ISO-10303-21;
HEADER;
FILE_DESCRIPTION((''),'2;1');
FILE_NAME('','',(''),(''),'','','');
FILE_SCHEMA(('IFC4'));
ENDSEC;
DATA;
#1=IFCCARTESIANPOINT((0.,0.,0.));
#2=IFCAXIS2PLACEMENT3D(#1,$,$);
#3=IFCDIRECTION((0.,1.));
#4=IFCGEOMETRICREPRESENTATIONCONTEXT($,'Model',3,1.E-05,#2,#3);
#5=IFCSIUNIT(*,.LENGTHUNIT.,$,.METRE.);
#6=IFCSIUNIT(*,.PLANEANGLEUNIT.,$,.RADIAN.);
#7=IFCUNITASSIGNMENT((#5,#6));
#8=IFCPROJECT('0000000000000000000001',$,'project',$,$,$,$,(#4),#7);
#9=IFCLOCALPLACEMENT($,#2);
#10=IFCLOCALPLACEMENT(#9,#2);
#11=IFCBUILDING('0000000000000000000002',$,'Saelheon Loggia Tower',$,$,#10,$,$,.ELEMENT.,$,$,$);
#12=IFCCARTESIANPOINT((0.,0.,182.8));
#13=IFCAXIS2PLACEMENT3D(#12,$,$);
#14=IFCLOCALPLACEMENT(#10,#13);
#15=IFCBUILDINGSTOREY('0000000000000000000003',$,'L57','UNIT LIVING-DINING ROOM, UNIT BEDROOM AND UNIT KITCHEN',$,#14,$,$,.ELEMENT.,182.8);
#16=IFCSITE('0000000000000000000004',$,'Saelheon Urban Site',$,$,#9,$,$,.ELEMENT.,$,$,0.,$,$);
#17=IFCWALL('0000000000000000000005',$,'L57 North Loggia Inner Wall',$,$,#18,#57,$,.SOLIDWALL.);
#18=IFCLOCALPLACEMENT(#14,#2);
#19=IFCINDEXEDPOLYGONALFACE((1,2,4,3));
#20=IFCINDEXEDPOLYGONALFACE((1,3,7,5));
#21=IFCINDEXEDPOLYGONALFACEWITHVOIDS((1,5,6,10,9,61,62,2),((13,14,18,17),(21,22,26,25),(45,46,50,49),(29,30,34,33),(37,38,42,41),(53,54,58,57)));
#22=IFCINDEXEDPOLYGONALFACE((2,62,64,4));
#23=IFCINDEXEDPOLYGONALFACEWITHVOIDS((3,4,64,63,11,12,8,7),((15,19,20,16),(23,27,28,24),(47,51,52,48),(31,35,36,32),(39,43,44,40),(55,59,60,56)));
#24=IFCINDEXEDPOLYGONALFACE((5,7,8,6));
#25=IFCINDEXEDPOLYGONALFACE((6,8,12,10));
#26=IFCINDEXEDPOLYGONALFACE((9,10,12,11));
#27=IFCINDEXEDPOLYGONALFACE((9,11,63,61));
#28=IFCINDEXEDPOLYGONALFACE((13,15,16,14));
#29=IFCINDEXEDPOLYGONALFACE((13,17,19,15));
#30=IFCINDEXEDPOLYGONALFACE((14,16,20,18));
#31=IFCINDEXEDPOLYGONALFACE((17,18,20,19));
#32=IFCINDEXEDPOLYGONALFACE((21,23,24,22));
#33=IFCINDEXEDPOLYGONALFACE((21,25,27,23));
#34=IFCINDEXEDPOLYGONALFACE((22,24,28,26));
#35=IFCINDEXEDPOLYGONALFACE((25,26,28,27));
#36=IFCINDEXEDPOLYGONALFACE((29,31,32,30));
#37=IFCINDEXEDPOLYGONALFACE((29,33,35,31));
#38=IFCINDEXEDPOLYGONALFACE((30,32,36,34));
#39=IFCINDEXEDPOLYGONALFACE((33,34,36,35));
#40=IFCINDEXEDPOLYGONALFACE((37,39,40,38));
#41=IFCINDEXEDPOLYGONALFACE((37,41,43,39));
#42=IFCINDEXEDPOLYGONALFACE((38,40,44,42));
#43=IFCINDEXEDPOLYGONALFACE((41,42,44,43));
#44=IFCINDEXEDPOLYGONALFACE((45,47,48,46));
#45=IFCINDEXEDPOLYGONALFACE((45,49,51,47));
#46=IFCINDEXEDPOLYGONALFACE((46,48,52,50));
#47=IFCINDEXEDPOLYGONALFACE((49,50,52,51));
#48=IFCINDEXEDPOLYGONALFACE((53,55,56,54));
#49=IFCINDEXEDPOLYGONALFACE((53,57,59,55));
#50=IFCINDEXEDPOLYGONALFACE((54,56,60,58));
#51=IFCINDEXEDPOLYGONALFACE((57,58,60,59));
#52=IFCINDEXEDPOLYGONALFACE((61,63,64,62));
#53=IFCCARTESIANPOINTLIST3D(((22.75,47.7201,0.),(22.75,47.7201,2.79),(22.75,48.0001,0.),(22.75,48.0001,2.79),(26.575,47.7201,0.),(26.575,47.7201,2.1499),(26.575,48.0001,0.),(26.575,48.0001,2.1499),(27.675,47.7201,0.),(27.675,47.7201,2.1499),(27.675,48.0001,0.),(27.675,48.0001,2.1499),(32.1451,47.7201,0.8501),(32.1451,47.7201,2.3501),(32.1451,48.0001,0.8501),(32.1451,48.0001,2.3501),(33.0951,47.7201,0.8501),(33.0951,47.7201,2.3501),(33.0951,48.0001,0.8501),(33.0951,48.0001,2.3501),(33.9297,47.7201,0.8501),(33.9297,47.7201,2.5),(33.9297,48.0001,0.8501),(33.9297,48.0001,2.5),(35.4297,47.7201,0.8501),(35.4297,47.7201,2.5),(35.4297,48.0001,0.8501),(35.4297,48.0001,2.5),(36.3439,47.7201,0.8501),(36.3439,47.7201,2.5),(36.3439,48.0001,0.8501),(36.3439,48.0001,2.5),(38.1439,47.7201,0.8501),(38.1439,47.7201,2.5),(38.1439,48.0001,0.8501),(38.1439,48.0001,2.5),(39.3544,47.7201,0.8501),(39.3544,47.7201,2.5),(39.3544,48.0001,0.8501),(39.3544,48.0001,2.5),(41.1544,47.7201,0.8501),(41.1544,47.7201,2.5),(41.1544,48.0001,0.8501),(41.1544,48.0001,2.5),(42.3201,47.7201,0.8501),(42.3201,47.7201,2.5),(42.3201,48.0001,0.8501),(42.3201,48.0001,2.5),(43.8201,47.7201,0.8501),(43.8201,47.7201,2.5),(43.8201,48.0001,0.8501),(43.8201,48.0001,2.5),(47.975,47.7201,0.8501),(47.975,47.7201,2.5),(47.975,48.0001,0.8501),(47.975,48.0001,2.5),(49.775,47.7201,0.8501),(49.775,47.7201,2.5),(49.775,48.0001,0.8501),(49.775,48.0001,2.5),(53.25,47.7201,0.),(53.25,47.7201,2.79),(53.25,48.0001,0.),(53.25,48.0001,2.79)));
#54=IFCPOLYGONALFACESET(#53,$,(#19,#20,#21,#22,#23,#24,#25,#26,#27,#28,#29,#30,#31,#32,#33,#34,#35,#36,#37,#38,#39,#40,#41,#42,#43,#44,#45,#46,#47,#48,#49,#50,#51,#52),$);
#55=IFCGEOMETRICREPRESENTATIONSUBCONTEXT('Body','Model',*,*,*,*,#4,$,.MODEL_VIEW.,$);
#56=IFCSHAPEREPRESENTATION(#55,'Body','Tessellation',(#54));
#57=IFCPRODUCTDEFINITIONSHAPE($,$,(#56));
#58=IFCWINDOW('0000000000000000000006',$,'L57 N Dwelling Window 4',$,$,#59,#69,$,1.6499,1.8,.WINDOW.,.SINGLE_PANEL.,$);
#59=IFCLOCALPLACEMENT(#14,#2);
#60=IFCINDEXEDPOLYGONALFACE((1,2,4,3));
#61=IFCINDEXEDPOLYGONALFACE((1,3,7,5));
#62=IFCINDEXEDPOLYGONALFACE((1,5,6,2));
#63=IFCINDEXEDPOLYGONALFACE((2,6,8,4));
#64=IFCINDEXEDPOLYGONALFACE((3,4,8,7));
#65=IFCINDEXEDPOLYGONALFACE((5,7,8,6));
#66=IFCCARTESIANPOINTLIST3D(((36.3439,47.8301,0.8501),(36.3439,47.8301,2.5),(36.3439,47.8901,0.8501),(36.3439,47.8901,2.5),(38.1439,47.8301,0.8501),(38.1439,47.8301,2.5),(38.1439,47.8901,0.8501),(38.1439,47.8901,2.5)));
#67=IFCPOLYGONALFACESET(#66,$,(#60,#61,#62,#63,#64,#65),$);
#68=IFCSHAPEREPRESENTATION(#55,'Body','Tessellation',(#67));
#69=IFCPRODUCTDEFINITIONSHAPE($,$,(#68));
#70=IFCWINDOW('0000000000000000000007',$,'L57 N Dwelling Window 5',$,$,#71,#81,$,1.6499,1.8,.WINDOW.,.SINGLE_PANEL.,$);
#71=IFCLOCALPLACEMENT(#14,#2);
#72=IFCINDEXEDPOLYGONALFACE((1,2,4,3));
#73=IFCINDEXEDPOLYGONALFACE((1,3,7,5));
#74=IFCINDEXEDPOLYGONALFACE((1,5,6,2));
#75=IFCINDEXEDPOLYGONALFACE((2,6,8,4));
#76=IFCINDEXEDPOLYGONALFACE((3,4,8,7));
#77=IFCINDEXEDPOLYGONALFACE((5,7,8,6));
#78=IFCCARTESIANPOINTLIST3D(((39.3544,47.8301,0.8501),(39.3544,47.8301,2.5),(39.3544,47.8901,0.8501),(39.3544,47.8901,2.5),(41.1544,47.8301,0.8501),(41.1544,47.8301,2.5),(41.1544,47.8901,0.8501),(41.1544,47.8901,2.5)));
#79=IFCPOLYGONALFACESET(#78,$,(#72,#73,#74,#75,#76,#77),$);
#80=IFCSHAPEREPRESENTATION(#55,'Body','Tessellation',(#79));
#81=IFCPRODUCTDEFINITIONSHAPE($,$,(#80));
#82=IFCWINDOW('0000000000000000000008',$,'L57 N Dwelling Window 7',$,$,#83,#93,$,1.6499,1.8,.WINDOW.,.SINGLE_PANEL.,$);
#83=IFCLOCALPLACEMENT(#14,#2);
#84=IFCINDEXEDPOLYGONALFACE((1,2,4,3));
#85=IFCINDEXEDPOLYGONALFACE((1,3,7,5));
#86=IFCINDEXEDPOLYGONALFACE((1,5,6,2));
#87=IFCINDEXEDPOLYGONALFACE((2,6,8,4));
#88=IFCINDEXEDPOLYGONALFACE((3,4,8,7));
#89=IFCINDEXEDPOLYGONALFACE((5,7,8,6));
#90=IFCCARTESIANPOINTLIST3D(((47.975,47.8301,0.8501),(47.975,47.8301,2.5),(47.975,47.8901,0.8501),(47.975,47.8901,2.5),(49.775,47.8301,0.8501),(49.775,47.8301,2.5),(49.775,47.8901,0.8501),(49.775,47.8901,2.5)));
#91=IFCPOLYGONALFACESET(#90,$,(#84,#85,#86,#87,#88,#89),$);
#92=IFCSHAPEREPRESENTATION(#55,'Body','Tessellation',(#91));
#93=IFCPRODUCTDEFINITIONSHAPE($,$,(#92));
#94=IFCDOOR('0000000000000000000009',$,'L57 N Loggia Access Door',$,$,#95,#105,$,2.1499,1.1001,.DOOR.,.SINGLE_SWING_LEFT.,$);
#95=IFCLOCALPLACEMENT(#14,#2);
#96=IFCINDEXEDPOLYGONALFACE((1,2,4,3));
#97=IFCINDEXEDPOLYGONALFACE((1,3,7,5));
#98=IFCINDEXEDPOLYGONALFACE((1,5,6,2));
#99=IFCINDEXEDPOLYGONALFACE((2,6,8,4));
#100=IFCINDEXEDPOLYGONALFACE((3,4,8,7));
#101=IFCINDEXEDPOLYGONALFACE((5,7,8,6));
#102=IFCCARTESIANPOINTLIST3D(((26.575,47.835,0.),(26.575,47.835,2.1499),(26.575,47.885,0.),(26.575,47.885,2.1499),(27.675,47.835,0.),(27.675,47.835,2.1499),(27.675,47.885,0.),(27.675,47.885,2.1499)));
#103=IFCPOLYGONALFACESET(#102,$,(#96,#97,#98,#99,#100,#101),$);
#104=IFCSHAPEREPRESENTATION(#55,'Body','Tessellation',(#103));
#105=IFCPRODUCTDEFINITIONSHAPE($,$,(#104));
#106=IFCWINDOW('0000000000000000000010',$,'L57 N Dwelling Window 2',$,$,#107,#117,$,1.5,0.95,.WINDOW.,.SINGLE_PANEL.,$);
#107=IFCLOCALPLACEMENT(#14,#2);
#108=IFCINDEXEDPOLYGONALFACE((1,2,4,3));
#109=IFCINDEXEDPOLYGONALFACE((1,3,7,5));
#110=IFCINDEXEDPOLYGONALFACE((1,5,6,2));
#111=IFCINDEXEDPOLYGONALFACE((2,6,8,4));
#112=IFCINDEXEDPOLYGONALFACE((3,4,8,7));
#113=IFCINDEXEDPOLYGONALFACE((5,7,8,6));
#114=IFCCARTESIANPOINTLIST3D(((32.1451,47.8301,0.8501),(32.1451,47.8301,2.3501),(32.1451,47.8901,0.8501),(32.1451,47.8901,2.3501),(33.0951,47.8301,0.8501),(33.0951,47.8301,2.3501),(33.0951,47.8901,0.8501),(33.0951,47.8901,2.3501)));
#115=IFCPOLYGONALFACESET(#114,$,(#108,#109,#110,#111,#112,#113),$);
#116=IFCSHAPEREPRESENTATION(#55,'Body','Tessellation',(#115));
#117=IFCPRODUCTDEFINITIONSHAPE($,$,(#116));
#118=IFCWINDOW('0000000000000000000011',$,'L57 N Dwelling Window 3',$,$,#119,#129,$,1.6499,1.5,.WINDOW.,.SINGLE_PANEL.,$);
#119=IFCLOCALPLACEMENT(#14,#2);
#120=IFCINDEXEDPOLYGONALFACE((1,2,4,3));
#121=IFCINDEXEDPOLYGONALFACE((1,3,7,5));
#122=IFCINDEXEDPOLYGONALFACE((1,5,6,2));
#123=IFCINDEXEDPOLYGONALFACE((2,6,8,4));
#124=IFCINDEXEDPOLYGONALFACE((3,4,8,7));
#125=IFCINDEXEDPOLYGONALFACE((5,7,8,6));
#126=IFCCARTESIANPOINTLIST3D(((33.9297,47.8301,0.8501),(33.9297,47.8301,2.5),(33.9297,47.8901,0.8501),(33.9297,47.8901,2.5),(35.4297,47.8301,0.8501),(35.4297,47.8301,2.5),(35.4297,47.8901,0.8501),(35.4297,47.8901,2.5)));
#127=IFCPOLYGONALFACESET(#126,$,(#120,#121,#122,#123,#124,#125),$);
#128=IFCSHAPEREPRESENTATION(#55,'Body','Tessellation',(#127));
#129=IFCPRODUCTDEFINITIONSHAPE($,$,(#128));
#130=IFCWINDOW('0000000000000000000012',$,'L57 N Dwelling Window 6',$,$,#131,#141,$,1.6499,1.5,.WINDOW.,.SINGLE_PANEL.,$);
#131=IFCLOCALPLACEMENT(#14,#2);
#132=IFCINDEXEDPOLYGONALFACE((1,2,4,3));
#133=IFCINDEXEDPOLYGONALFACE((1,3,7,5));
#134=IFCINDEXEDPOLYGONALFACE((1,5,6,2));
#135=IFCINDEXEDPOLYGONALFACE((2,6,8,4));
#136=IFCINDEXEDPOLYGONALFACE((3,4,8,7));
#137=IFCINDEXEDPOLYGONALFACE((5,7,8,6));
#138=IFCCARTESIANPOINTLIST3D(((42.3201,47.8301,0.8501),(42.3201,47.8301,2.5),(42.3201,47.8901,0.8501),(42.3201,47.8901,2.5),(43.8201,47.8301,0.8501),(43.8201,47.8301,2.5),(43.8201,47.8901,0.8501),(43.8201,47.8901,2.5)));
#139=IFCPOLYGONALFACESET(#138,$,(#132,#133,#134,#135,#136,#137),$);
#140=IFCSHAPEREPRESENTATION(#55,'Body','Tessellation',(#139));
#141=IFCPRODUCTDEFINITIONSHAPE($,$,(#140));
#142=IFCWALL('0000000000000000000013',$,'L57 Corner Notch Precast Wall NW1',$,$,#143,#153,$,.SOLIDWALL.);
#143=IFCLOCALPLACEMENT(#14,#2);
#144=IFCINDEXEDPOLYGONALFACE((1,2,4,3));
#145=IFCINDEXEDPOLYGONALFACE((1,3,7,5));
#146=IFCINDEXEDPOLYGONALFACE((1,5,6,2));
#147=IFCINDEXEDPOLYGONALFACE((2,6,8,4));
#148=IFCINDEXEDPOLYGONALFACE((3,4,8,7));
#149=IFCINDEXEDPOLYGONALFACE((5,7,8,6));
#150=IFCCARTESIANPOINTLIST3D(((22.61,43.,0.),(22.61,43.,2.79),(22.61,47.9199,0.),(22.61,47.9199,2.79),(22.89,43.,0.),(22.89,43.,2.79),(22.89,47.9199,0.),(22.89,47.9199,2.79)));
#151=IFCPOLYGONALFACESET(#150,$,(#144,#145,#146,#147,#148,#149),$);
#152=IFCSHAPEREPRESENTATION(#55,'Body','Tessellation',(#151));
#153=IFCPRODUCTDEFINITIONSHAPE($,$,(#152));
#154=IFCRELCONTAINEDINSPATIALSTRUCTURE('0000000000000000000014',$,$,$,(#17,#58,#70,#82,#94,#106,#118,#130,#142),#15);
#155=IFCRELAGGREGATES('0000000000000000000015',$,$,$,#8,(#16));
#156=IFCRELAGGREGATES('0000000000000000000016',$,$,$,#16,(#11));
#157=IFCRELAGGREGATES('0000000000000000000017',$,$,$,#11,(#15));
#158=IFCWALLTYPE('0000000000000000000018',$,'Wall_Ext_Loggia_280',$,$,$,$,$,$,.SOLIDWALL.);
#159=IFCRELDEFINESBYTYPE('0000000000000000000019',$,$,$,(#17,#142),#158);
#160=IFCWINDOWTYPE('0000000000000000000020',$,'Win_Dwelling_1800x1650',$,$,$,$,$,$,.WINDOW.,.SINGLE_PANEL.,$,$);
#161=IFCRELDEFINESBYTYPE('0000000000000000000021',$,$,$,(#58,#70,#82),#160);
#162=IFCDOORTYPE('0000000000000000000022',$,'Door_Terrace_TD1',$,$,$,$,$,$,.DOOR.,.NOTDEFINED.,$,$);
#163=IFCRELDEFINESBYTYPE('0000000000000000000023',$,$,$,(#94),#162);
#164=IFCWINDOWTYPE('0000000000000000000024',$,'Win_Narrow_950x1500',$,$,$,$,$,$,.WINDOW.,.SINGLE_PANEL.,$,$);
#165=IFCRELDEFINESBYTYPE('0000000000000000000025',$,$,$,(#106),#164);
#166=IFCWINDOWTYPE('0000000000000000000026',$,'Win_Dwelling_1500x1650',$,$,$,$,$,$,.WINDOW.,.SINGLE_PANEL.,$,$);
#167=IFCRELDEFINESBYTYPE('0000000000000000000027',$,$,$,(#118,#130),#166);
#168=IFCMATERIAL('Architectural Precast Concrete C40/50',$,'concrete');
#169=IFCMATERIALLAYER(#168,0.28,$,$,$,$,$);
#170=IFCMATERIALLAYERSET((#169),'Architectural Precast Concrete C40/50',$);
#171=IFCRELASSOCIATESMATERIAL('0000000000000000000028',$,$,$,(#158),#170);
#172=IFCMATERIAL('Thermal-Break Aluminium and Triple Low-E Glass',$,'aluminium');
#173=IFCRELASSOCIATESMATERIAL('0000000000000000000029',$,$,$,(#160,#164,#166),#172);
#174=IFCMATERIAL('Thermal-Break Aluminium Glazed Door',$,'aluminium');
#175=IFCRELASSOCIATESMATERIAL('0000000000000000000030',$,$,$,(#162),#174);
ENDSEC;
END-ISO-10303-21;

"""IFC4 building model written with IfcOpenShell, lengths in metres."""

from ifc_helpers import new_model, si_unit, direction, frame, frame_2d, origin, place, context, subcontext, project, spatial, rectangle, extrude, source, transform, mapped, material, layer, layer_set, type_object, element, fill, save


model = new_model("IFC4")

# Units and contexts
model_context = context("Model", 3, precision=1e-05, world=origin(), true_north=direction((0.0, 1.0)))
body_context = subcontext(model_context, "Body", "Model", "MODEL_VIEW")
ifc_project = project(units=[si_unit("LENGTHUNIT", "METRE"), si_unit("PLANEANGLEUNIT", "RADIAN")], contexts=[model_context])

# Site, building, storey
site_placement = place(None, origin())
site = spatial("IfcSite", under=ifc_project, at=site_placement, Name="Saelheon Urban Site", CompositionType="ELEMENT", RefElevation=0.0)
building_placement = place(site_placement, origin())
building = spatial("IfcBuilding", under=site, at=building_placement, Name="Saelheon Loggia Tower", CompositionType="ELEMENT")
storey_placement = place(building_placement, frame((0.0, 0.0, 182.8)))
storey = spatial("IfcBuildingStorey", under=building, at=storey_placement, Name="L57", Description="UNIT LIVING-DINING ROOM, UNIT BEDROOM AND UNIT KITCHEN", CompositionType="ELEMENT", Elevation=182.8)

# Wall, openings, windows, door
ifc_material_1 = material(Name="Architectural Precast Concrete C40/50", Category="concrete")
ifc_layer_1 = layer(ifc_material_1, 0.28)
ifc_layer_set_1 = layer_set([ifc_layer_1], Name="Architectural Precast Concrete C40/50")
wall_type_1 = type_object("IfcWallType", Name="Wall_Ext_Loggia_280", PredefinedType="SOLIDWALL", material=ifc_layer_set_1)
wall_1_placement = place(storey_placement, frame((22.75, 47.8601, 0.0), z_axis=(0.0, 0.0, 1.0), x_axis=(1.0, 0.0, 0.0)))
wall_1 = element("IfcWall", 1, at=wall_1_placement, inside=storey, type_object=wall_type_1, Name="L57 North Loggia Inner Wall", PredefinedType="SOLIDWALL", context=body_context, shape_type="SweptSolid", body=[
    extrude(rectangle(XDim=30.5, YDim=0.28, at=frame_2d((15.25, 0.0))), origin(), (0.0, 0.0, 1.0), 2.79),
])
opening_1_placement = place(wall_1_placement, frame((3.825, 0.0, 0.0)))
opening_1 = element("IfcOpeningElement", 2, at=opening_1_placement, cuts=wall_1, PredefinedType="OPENING", context=body_context, shape_type="SweptSolid", body=[
    extrude(rectangle(XDim=1.1001, YDim=2.1499, at=frame_2d((0.55, 1.075))), frame((0.0, 0.1521, 0.0), z_axis=(0.0, -1.0, 0.0), x_axis=(1.0, 0.0, 0.0)), (0.0, 0.0, 1.0), 0.304),
])
opening_2_placement = place(wall_1_placement, frame((9.395, 0.0, 0.8501)))
opening_2 = element("IfcOpeningElement", 3, at=opening_2_placement, cuts=wall_1, PredefinedType="OPENING", context=body_context, shape_type="SweptSolid", body=[
    extrude(rectangle(XDim=0.95, YDim=1.5, at=frame_2d((0.4751, 0.75))), frame((0.0, 0.1521, 0.0), z_axis=(0.0, -1.0, 0.0), x_axis=(1.0, 0.0, 0.0)), (0.0, 0.0, 1.0), 0.304),
])
opening_3_placement = place(wall_1_placement, frame((11.1797, 0.0, 0.8501)))
opening_3 = element("IfcOpeningElement", 4, at=opening_3_placement, cuts=wall_1, PredefinedType="OPENING", context=body_context, shape_type="SweptSolid", body=[
    extrude(rectangle(XDim=1.5, YDim=1.6499, at=frame_2d((0.75, 0.825))), frame((0.0, 0.1521, 0.0), z_axis=(0.0, -1.0, 0.0), x_axis=(1.0, 0.0, 0.0)), (0.0, 0.0, 1.0), 0.304),
])
opening_4_placement = place(wall_1_placement, frame((13.594, 0.0, 0.8501)))
opening_4 = element("IfcOpeningElement", 5, at=opening_4_placement, cuts=wall_1, PredefinedType="OPENING", context=body_context, shape_type="SweptSolid", body=[
    extrude(rectangle(XDim=1.8, YDim=1.6499, at=frame_2d((0.8999, 0.825))), frame((0.0, 0.1521, 0.0), z_axis=(0.0, -1.0, 0.0), x_axis=(1.0, 0.0, 0.0)), (0.0, 0.0, 1.0), 0.304),
])
opening_5_placement = place(wall_1_placement, frame((16.6045, 0.0, 0.8501)))
opening_5 = element("IfcOpeningElement", 6, at=opening_5_placement, cuts=wall_1, PredefinedType="OPENING", context=body_context, shape_type="SweptSolid", body=[
    extrude(rectangle(XDim=1.8, YDim=1.6499, at=frame_2d((0.8999, 0.825))), frame((0.0, 0.1521, 0.0), z_axis=(0.0, -1.0, 0.0), x_axis=(1.0, 0.0, 0.0)), (0.0, 0.0, 1.0), 0.304),
])
opening_6_placement = place(wall_1_placement, frame((19.5701, 0.0, 0.8501)))
opening_6 = element("IfcOpeningElement", 7, at=opening_6_placement, cuts=wall_1, PredefinedType="OPENING", context=body_context, shape_type="SweptSolid", body=[
    extrude(rectangle(XDim=1.5, YDim=1.6499, at=frame_2d((0.75, 0.825))), frame((0.0, 0.1521, 0.0), z_axis=(0.0, -1.0, 0.0), x_axis=(1.0, 0.0, 0.0)), (0.0, 0.0, 1.0), 0.304),
])
opening_7_placement = place(wall_1_placement, frame((25.2251, 0.0, 0.8501)))
opening_7 = element("IfcOpeningElement", 8, at=opening_7_placement, cuts=wall_1, PredefinedType="OPENING", context=body_context, shape_type="SweptSolid", body=[
    extrude(rectangle(XDim=1.8, YDim=1.6499, at=frame_2d((0.8999, 0.825))), frame((0.0, 0.1521, 0.0), z_axis=(0.0, -1.0, 0.0), x_axis=(1.0, 0.0, 0.0)), (0.0, 0.0, 1.0), 0.304),
])
ifc_material_2 = material(Name="Thermal-Break Aluminium and Triple Low-E Glass", Category="aluminium")
window_type_1 = type_object("IfcWindowType", Name="Win_Dwelling_1800x1650", PartitioningType="SINGLE_PANEL", PredefinedType="WINDOW", material=ifc_material_2)
shared_shape_1 = source(origin(), body_context, "Body", "SweptSolid", [
    extrude(rectangle(XDim=1.8, YDim=1.6499, at=frame_2d((0.8999, 0.825))), frame((0.0, 0.03, 0.0), z_axis=(0.0, -1.0, 0.0), x_axis=(1.0, 0.0, 0.0)), (0.0, 0.0, 1.0), 0.0601),
])
window_1_placement = place(opening_4_placement, origin())
window_1 = element("IfcWindow", 9, at=window_1_placement, inside=storey, type_object=window_type_1, Name="L57 N Dwelling Window 4", OverallHeight=1.6499, OverallWidth=1.8, PartitioningType="SINGLE_PANEL", PredefinedType="WINDOW", context=body_context, shape_type="MappedRepresentation", body=[
    mapped(shared_shape_1, transform((0.0, 0.0, 0.0), scale=1.0)),
])
fill(opening_4, window_1)
window_2_placement = place(opening_5_placement, origin())
window_2 = element("IfcWindow", 10, at=window_2_placement, inside=storey, type_object=window_type_1, Name="L57 N Dwelling Window 5", OverallHeight=1.6499, OverallWidth=1.8, PartitioningType="SINGLE_PANEL", PredefinedType="WINDOW", context=body_context, shape_type="MappedRepresentation", body=[
    mapped(shared_shape_1, transform((0.0, 0.0, 0.0), scale=1.0)),
])
fill(opening_5, window_2)
window_3_placement = place(opening_7_placement, origin())
window_3 = element("IfcWindow", 11, at=window_3_placement, inside=storey, type_object=window_type_1, Name="L57 N Dwelling Window 7", OverallHeight=1.6499, OverallWidth=1.8, PartitioningType="SINGLE_PANEL", PredefinedType="WINDOW", context=body_context, shape_type="MappedRepresentation", body=[
    mapped(shared_shape_1, transform((0.0, 0.0, 0.0), scale=1.0)),
])
fill(opening_7, window_3)
ifc_material_3 = material(Name="Thermal-Break Aluminium Glazed Door", Category="aluminium")
door_type_1 = type_object("IfcDoorType", Name="Door_Terrace_TD1", OperationType="NOTDEFINED", PredefinedType="DOOR", material=ifc_material_3)
shared_shape_2 = source(origin(), body_context, "Body", "SweptSolid", [
    extrude(rectangle(XDim=1.1001, YDim=2.1499, at=frame_2d((0.55, 1.075))), frame((0.0, 0.0249, 0.0), z_axis=(0.0, -1.0, 0.0), x_axis=(1.0, 0.0, 0.0)), (0.0, 0.0, 1.0), 0.05),
])
door_1_placement = place(opening_1_placement, origin())
door_1 = element("IfcDoor", 12, at=door_1_placement, inside=storey, type_object=door_type_1, Name="L57 N Loggia Access Door", OperationType="SINGLE_SWING_LEFT", OverallHeight=2.1499, OverallWidth=1.1001, PredefinedType="DOOR", context=body_context, shape_type="MappedRepresentation", body=[
    mapped(shared_shape_2, transform((0.0, 0.0, 0.0), scale=1.0)),
])
fill(opening_1, door_1)
window_type_2 = type_object("IfcWindowType", Name="Win_Narrow_950x1500", PartitioningType="SINGLE_PANEL", PredefinedType="WINDOW", material=ifc_material_2)
shared_shape_3 = source(origin(), body_context, "Body", "SweptSolid", [
    extrude(rectangle(XDim=0.95, YDim=1.5, at=frame_2d((0.4751, 0.75))), frame((0.0, 0.03, 0.0), z_axis=(0.0, -1.0, 0.0), x_axis=(1.0, 0.0, 0.0)), (0.0, 0.0, 1.0), 0.0601),
])
window_4_placement = place(opening_2_placement, origin())
window_4 = element("IfcWindow", 13, at=window_4_placement, inside=storey, type_object=window_type_2, Name="L57 N Dwelling Window 2", OverallHeight=1.5, OverallWidth=0.95, PartitioningType="SINGLE_PANEL", PredefinedType="WINDOW", context=body_context, shape_type="MappedRepresentation", body=[
    mapped(shared_shape_3, transform((0.0, 0.0, 0.0), scale=1.0)),
])
fill(opening_2, window_4)
window_type_3 = type_object("IfcWindowType", Name="Win_Dwelling_1500x1650", PartitioningType="SINGLE_PANEL", PredefinedType="WINDOW", material=ifc_material_2)
shared_shape_4 = source(origin(), body_context, "Body", "SweptSolid", [
    extrude(rectangle(XDim=1.5, YDim=1.6499, at=frame_2d((0.75, 0.825))), frame((0.0, 0.03, 0.0), z_axis=(0.0, -1.0, 0.0), x_axis=(1.0, 0.0, 0.0)), (0.0, 0.0, 1.0), 0.0601),
])
window_5_placement = place(opening_3_placement, origin())
window_5 = element("IfcWindow", 14, at=window_5_placement, inside=storey, type_object=window_type_3, Name="L57 N Dwelling Window 3", OverallHeight=1.6499, OverallWidth=1.5, PartitioningType="SINGLE_PANEL", PredefinedType="WINDOW", context=body_context, shape_type="MappedRepresentation", body=[
    mapped(shared_shape_4, transform((0.0, 0.0, 0.0), scale=1.0)),
])
fill(opening_3, window_5)
window_6_placement = place(opening_6_placement, origin())
window_6 = element("IfcWindow", 15, at=window_6_placement, inside=storey, type_object=window_type_3, Name="L57 N Dwelling Window 6", OverallHeight=1.6499, OverallWidth=1.5, PartitioningType="SINGLE_PANEL", PredefinedType="WINDOW", context=body_context, shape_type="MappedRepresentation", body=[
    mapped(shared_shape_4, transform((0.0, 0.0, 0.0), scale=1.0)),
])
fill(opening_6, window_6)

# Wall
for number, where, z_axis, x_axis, name in (
    (16, (22.75, 43.0, 0.0), (0.0, 0.0, 1.0), (0.0, 1.0, 0.0), "L57 Corner Notch Precast Wall NW1"),
):
    element("IfcWall", number, at=place(storey_placement, frame(where, z_axis=z_axis, x_axis=x_axis)), inside=storey, type_object=wall_type_1, Name=name, PredefinedType="SOLIDWALL", context=body_context, shape_type="SweptSolid", body=[
        extrude(rectangle(XDim=4.9199, YDim=0.28, at=frame_2d((2.46, 0.0))), origin(), (0.0, 0.0, 1.0), 2.79),
    ])

save(model, "model.ifc")
